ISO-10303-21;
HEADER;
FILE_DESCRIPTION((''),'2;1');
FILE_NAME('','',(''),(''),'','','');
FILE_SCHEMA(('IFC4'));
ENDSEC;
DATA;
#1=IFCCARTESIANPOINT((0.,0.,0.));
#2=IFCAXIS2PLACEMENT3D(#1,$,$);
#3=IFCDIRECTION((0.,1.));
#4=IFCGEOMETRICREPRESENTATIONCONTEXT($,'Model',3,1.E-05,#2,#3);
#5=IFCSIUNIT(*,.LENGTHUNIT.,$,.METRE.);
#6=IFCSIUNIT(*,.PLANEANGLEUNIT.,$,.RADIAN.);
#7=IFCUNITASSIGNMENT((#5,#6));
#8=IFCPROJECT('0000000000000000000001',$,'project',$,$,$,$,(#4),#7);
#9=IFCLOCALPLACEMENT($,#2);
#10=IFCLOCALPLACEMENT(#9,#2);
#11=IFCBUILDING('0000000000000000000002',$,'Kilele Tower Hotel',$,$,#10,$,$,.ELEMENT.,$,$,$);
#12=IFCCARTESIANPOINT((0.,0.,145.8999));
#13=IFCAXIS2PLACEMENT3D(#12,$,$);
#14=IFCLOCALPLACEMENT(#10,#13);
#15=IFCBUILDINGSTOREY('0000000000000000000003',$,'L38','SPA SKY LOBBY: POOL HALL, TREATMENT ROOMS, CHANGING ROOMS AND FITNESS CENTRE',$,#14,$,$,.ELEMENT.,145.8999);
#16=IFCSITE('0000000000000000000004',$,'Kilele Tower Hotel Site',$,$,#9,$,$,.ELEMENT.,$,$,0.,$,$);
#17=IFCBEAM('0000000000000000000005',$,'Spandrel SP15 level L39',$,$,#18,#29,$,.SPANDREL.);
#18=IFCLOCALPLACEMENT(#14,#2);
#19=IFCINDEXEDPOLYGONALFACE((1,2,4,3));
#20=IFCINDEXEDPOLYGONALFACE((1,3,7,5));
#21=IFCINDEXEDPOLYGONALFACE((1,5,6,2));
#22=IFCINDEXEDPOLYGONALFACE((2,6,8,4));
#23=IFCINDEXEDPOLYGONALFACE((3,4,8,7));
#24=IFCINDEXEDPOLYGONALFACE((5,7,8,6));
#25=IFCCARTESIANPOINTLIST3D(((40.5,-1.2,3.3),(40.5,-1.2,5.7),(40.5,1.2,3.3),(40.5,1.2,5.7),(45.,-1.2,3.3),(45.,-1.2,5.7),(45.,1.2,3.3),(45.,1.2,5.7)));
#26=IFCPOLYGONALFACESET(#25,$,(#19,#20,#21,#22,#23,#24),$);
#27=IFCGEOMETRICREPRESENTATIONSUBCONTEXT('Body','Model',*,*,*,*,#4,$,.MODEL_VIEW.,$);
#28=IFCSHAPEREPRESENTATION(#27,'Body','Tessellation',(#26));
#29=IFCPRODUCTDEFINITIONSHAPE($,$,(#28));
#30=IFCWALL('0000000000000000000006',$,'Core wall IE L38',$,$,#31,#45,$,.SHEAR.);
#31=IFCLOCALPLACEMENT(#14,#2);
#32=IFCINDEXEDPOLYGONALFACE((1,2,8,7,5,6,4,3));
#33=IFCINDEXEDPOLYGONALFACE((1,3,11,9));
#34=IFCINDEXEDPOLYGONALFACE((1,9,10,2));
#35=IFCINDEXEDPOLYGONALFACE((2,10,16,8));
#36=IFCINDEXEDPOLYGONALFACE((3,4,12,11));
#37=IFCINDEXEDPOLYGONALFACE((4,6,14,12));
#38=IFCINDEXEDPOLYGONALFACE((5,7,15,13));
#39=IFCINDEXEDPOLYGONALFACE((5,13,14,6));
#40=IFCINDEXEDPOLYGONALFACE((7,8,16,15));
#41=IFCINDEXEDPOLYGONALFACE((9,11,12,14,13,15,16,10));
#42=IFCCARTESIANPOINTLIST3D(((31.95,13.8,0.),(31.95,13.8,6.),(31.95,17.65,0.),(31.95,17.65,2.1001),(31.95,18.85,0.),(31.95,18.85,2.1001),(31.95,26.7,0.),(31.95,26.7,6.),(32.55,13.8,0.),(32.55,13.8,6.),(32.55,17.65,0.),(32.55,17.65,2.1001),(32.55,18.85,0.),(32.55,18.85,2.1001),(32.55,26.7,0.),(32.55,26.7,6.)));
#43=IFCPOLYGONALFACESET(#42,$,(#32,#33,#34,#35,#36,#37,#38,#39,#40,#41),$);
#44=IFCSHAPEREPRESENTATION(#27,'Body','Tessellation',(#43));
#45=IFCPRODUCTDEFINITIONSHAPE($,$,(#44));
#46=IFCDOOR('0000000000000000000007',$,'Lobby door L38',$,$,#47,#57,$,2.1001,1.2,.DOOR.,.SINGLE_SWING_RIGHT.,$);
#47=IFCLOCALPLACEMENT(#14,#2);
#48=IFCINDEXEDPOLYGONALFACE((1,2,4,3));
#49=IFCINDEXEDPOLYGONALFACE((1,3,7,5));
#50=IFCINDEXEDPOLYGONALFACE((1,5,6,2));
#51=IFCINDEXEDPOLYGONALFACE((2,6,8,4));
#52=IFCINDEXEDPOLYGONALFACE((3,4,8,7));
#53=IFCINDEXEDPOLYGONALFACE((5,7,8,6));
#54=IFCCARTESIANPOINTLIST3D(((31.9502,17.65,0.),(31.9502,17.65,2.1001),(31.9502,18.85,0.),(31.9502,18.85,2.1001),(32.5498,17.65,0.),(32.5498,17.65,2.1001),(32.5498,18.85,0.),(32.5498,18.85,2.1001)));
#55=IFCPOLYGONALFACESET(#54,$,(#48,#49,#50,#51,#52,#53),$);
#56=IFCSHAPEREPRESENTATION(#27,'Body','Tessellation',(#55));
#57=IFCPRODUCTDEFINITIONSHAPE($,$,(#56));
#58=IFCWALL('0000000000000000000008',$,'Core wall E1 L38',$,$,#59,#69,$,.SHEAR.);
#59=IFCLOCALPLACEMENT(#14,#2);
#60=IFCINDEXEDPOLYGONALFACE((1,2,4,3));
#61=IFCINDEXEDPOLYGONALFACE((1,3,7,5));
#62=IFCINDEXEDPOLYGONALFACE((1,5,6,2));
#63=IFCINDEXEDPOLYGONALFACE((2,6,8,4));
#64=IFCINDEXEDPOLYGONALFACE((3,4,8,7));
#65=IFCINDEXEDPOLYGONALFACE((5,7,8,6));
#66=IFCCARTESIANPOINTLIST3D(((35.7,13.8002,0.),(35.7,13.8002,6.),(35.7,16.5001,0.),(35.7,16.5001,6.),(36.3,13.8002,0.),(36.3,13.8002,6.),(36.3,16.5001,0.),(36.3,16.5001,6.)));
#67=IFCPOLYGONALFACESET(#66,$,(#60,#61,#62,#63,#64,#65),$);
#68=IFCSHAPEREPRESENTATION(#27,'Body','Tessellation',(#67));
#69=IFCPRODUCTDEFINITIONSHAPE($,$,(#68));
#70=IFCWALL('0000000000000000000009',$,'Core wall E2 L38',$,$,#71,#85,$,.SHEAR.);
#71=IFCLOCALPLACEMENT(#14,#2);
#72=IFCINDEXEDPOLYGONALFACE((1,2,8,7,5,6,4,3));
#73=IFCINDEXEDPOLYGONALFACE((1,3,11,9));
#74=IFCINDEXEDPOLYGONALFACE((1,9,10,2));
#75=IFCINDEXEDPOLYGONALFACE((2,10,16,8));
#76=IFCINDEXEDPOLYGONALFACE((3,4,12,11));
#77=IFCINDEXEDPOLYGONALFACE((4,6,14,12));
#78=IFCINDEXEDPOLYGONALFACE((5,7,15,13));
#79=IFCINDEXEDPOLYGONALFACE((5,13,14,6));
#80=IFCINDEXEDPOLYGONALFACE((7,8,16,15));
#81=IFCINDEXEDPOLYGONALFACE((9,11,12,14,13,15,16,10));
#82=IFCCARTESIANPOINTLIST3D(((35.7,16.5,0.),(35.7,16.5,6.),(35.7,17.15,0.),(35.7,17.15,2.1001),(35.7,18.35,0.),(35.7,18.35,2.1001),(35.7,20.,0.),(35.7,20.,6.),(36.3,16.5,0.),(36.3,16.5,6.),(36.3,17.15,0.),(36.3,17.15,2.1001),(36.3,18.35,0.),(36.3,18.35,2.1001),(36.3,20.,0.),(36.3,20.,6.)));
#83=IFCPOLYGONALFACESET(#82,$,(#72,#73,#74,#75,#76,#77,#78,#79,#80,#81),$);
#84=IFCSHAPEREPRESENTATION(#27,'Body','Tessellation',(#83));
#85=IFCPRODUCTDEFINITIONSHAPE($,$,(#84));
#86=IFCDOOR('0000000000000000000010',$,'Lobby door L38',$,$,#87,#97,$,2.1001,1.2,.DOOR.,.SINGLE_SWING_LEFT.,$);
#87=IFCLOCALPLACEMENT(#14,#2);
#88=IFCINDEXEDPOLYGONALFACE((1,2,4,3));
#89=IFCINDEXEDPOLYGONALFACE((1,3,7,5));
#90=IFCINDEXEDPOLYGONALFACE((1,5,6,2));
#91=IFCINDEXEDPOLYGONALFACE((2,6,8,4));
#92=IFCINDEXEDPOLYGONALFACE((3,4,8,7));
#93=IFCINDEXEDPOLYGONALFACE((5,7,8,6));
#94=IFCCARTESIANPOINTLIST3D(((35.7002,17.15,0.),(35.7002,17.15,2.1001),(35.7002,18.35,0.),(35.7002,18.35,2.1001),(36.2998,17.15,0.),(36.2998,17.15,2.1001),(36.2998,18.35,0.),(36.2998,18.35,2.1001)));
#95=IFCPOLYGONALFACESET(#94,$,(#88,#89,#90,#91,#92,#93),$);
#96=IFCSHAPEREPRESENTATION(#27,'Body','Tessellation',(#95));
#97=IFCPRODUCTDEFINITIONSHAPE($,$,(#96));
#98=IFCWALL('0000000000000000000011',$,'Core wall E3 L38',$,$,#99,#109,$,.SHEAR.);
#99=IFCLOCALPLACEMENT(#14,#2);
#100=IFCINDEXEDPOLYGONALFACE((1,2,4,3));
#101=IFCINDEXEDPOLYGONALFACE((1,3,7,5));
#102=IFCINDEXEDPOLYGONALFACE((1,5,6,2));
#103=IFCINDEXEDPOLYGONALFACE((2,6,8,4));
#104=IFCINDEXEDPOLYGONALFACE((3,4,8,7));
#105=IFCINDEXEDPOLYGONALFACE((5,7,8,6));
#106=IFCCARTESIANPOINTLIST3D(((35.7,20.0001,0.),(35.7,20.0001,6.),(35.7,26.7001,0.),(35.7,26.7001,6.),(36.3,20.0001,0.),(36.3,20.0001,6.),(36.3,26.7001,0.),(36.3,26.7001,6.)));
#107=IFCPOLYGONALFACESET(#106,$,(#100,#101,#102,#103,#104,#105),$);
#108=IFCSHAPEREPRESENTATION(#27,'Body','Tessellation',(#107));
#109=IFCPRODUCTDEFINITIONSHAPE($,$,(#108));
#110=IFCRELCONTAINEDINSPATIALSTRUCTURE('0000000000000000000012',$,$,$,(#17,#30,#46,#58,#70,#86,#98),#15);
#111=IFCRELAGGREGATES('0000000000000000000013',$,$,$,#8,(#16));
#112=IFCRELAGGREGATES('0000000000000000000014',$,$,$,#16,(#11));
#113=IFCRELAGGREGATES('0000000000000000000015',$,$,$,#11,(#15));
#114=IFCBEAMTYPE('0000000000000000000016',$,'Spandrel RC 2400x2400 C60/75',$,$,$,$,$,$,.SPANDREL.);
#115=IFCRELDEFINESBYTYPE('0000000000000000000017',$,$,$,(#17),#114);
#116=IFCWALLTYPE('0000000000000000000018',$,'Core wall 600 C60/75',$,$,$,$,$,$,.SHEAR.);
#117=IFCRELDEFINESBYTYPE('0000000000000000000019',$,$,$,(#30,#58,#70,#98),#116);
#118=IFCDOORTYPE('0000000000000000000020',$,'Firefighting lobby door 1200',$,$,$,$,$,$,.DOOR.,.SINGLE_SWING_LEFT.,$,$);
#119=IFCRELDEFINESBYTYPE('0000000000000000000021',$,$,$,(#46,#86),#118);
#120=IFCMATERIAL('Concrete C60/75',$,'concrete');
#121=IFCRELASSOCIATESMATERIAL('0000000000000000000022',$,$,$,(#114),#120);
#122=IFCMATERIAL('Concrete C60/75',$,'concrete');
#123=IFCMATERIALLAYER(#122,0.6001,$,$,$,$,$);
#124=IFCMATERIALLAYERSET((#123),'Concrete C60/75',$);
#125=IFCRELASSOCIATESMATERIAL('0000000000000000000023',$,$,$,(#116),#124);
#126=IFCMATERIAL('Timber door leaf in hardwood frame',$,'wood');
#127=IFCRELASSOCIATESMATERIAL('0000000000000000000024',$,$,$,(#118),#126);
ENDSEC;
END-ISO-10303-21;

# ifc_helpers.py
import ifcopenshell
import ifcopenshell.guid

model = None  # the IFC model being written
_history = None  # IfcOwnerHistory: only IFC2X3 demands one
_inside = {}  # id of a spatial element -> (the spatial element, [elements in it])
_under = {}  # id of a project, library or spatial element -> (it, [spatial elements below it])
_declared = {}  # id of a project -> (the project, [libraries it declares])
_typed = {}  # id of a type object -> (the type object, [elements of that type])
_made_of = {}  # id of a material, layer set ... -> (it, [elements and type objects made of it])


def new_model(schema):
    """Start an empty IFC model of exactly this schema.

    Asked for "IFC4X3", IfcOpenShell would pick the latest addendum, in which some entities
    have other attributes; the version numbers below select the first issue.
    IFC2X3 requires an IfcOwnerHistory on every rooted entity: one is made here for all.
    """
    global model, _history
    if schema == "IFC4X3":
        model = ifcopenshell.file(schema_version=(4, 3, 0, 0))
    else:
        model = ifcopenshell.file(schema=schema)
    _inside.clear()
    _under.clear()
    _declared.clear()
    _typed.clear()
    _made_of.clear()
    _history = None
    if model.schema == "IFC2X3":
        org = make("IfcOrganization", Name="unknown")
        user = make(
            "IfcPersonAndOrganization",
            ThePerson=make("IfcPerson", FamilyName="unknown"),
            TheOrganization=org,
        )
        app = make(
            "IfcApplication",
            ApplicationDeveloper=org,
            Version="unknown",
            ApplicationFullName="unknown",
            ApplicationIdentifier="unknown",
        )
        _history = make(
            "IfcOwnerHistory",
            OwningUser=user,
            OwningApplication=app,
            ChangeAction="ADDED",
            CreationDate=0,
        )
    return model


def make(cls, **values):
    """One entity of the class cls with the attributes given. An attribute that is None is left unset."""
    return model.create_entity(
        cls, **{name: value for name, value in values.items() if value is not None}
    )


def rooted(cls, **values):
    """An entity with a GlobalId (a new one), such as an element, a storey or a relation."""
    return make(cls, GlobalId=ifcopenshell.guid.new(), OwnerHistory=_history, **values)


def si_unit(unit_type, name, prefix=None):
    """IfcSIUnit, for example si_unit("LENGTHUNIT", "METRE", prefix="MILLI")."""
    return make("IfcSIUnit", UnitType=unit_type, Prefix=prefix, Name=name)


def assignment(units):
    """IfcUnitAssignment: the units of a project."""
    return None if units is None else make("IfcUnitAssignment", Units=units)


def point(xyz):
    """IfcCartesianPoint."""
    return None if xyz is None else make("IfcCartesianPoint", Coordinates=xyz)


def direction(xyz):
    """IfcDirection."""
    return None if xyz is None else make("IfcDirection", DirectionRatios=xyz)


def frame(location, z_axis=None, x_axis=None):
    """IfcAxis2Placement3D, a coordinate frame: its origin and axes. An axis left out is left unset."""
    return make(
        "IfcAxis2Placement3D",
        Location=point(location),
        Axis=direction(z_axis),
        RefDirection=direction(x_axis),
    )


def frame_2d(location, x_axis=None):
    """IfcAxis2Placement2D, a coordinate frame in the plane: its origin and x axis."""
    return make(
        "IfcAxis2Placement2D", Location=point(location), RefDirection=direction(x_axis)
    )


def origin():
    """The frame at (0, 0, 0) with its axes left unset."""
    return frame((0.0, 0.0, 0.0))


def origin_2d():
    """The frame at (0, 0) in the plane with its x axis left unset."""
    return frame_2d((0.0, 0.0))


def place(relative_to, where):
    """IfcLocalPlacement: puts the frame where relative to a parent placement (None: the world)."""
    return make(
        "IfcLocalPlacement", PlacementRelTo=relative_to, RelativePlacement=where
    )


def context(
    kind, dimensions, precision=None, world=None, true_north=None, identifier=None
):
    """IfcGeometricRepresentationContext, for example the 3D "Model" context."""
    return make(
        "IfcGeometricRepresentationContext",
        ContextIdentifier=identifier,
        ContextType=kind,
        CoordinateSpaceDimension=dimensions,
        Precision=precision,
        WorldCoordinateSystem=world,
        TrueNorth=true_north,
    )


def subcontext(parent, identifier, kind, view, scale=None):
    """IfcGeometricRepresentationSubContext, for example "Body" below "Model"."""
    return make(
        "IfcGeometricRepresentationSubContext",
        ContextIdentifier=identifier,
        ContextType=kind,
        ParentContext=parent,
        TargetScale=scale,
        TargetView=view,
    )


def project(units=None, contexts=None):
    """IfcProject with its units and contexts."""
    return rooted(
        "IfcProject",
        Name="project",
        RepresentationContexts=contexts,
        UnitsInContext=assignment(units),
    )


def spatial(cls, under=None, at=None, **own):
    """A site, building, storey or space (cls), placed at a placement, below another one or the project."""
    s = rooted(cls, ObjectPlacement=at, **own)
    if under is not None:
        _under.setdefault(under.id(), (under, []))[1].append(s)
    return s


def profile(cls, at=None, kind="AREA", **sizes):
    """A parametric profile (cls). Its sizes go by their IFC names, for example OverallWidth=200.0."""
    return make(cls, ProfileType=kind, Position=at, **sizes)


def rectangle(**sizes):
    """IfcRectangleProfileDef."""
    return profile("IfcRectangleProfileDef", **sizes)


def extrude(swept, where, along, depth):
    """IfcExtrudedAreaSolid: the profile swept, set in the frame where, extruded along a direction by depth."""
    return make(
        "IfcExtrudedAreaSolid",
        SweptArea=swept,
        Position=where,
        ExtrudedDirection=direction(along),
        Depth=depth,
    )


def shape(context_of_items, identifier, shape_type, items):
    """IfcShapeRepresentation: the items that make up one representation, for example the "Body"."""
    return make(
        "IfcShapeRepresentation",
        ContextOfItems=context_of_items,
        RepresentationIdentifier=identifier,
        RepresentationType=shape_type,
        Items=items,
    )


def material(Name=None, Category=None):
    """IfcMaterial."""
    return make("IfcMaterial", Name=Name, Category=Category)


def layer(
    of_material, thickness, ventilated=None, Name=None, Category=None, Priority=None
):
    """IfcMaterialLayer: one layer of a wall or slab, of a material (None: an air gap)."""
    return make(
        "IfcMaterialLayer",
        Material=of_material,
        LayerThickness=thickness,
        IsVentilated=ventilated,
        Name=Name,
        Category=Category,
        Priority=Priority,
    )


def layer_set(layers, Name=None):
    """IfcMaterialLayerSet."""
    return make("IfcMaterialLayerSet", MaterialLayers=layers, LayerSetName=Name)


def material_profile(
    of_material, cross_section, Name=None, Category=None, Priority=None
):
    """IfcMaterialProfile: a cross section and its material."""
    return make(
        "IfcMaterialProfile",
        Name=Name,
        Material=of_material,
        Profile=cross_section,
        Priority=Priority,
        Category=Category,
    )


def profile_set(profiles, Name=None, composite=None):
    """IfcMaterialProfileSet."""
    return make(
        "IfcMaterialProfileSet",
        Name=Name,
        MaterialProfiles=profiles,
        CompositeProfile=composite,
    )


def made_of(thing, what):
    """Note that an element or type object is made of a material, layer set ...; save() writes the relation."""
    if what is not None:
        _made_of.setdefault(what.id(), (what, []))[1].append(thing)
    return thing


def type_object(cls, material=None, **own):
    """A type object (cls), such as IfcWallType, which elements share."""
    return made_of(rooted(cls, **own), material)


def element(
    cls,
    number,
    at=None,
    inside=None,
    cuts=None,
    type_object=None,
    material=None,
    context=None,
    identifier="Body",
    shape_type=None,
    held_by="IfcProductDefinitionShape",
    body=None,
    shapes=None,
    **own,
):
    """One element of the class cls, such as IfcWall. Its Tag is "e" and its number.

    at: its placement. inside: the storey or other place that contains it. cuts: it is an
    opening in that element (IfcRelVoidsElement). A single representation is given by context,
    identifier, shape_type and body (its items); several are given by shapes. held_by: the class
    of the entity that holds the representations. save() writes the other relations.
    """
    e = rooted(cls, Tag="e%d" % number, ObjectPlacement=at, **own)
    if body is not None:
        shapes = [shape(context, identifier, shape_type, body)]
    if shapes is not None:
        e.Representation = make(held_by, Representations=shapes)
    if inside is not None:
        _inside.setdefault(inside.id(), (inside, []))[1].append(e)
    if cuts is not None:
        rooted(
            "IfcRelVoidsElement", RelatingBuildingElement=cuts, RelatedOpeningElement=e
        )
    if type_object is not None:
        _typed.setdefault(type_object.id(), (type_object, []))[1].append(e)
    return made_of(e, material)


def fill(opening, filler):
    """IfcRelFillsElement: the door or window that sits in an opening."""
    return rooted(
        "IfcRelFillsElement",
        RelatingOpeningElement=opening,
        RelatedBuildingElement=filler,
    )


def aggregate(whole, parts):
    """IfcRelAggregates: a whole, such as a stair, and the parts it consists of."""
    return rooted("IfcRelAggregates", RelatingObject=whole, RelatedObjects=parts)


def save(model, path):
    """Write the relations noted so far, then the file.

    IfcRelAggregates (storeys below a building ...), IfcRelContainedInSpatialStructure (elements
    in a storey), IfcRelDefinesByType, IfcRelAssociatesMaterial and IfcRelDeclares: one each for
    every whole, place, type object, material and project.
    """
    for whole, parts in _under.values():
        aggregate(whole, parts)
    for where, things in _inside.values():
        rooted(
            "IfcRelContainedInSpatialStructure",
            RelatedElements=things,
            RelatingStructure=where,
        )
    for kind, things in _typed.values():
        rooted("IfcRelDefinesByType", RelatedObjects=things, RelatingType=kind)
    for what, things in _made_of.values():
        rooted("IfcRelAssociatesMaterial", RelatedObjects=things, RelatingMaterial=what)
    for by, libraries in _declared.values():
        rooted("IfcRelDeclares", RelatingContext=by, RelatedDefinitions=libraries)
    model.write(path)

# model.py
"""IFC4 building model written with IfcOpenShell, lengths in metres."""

from ifc_helpers import new_model, si_unit, direction, frame, frame_2d, origin, origin_2d, place, context, subcontext, project, spatial, rectangle, extrude, material, layer, layer_set, material_profile, profile_set, type_object, element, fill, save


model = new_model("IFC4")

# Units and contexts
model_context = context("Model", 3, precision=1e-05, world=origin(), true_north=direction((0.0, 1.0)))
body_context = subcontext(model_context, "Body", "Model", "MODEL_VIEW")
ifc_project = project(units=[si_unit("LENGTHUNIT", "METRE"), si_unit("PLANEANGLEUNIT", "RADIAN")], contexts=[model_context])

# Site, building, storey
site_placement = place(None, origin())
site = spatial("IfcSite", under=ifc_project, at=site_placement, Name="Kilele Tower Hotel Site", CompositionType="ELEMENT", RefElevation=0.0)
building_placement = place(site_placement, origin())
building = spatial("IfcBuilding", under=site, at=building_placement, Name="Kilele Tower Hotel", CompositionType="ELEMENT")
storey_placement = place(building_placement, frame((0.0, 0.0, 145.8999)))
storey = spatial("IfcBuildingStorey", under=building, at=storey_placement, Name="L38", Description="SPA SKY LOBBY: POOL HALL, TREATMENT ROOMS, CHANGING ROOMS AND FITNESS CENTRE", CompositionType="ELEMENT", Elevation=145.8999)

# Beam
ifc_material_1 = material(Name="Concrete C60/75", Category="concrete")
ifc_material_profile = material_profile(ifc_material_1, rectangle(XDim=2.3999, YDim=2.3999, at=origin_2d()))
ifc_profile_set = profile_set([ifc_material_profile], Name="Concrete C60/75")
beam_type = type_object("IfcBeamType", Name="Spandrel RC 2400x2400 C60/75", PredefinedType="SPANDREL", material=ifc_profile_set)
beam_placement = place(storey_placement, frame((40.5, 0.0, 4.5), z_axis=(1.0, 0.0, 0.0), x_axis=(0.0, 1.0, 0.0)))
element("IfcBeam", 1, at=beam_placement, inside=storey, type_object=beam_type, Name="Spandrel SP15 level L39", PredefinedType="SPANDREL", context=body_context, shape_type="SweptSolid", body=[
    extrude(rectangle(XDim=2.3999, YDim=2.3999, at=origin_2d()), origin(), (0.0, 0.0, 1.0), 4.5),
])

# Wall, opening, door
ifc_material_2 = material(Name="Concrete C60/75", Category="concrete")
ifc_layer_1 = layer(ifc_material_2, 0.6001)
ifc_layer_set_1 = layer_set([ifc_layer_1], Name="Concrete C60/75")
wall_type_1 = type_object("IfcWallType", Name="Core wall 600 C60/75", PredefinedType="SHEAR", material=ifc_layer_set_1)
wall_1_placement = place(storey_placement, frame((32.25, 13.8, 0.0), z_axis=(0.0, 0.0, 1.0), x_axis=(0.0, 1.0, 0.0)))
wall_1 = element("IfcWall", 2, at=wall_1_placement, inside=storey, type_object=wall_type_1, Name="Core wall IE L38", PredefinedType="SHEAR", context=body_context, shape_type="SweptSolid", body=[
    extrude(rectangle(XDim=12.8999, YDim=0.6001, at=frame_2d((6.45, 0.0))), origin(), (0.0, 0.0, 1.0), 6.0),
])
opening_1_placement = place(wall_1_placement, frame((5.05, 0.0, 0.0), z_axis=(0.0, 0.0, 1.0), x_axis=(-1.0, 0.0, 0.0)))
opening_1 = element("IfcOpeningElement", 3, at=opening_1_placement, cuts=wall_1, PredefinedType="OPENING", context=body_context, shape_type="SweptSolid", body=[
    extrude(rectangle(XDim=1.2, YDim=2.1001, at=frame_2d((0.6001, 1.05))), frame((0.0, 0.3101, 0.0), z_axis=(0.0, -1.0, 0.0), x_axis=(1.0, 0.0, 0.0)), (0.0, 0.0, 1.0), 0.6201),
])
ifc_material_3 = material(Name="Timber door leaf in hardwood frame", Category="wood")
door_type_1 = type_object("IfcDoorType", Name="Firefighting lobby door 1200", OperationType="SINGLE_SWING_LEFT", PredefinedType="DOOR", material=ifc_material_3)
door_1_placement = place(opening_1_placement, origin())
door_1 = element("IfcDoor", 4, at=door_1_placement, inside=storey, type_object=door_type_1, Name="Lobby door L38", OperationType="SINGLE_SWING_RIGHT", OverallHeight=2.1001, OverallWidth=1.2, PredefinedType="DOOR", context=body_context, shape_type="SweptSolid", body=[
    extrude(rectangle(XDim=1.2, YDim=2.1001, at=frame_2d((0.6001, 1.05))), frame((0.0, 0.2998, 0.0), z_axis=(0.0, -1.0, 0.0), x_axis=(1.0, 0.0, 0.0)), (0.0, 0.0, 1.0), 0.5996),
])
fill(opening_1, door_1)

# Wall
wall_2_placement = place(storey_placement, frame((36.0, 13.8, 0.0), z_axis=(0.0, 0.0, 1.0), x_axis=(0.0, 1.0, 0.0)))
element("IfcWall", 5, at=wall_2_placement, inside=storey, type_object=wall_type_1, Name="Core wall E1 L38", PredefinedType="SHEAR", context=body_context, shape_type="SweptSolid", body=[
    extrude(rectangle(XDim=2.7, YDim=0.6001, at=frame_2d((1.3501, 0.0))), origin(), (0.0, 0.0, 1.0), 6.0),
])

# Wall, opening, door
wall_3_placement = place(storey_placement, frame((36.0, 16.5, 0.0), z_axis=(0.0, 0.0, 1.0), x_axis=(0.0, 1.0, 0.0)))
wall_3 = element("IfcWall", 6, at=wall_3_placement, inside=storey, type_object=wall_type_1, Name="Core wall E2 L38", PredefinedType="SHEAR", context=body_context, shape_type="SweptSolid", body=[
    extrude(rectangle(XDim=3.5, YDim=0.6001, at=frame_2d((1.75, 0.0))), origin(), (0.0, 0.0, 1.0), 6.0),
])
opening_2_placement = place(wall_3_placement, frame((0.6499, 0.0, 0.0)))
opening_2 = element("IfcOpeningElement", 7, at=opening_2_placement, cuts=wall_3, PredefinedType="OPENING", context=body_context, shape_type="SweptSolid", body=[
    extrude(rectangle(XDim=1.2, YDim=2.1001, at=frame_2d((0.6001, 1.05))), frame((0.0, 0.3101, 0.0), z_axis=(0.0, -1.0, 0.0), x_axis=(1.0, 0.0, 0.0)), (0.0, 0.0, 1.0), 0.6201),
])
door_2_placement = place(opening_2_placement, origin())
door_2 = element("IfcDoor", 8, at=door_2_placement, inside=storey, type_object=door_type_1, Name="Lobby door L38", OperationType="SINGLE_SWING_LEFT", OverallHeight=2.1001, OverallWidth=1.2, PredefinedType="DOOR", context=body_context, shape_type="SweptSolid", body=[
    extrude(rectangle(XDim=1.2, YDim=2.1001, at=frame_2d((0.6001, 1.05))), frame((0.0, 0.2998, 0.0), z_axis=(0.0, -1.0, 0.0), x_axis=(1.0, 0.0, 0.0)), (0.0, 0.0, 1.0), 0.5996),
])
fill(opening_2, door_2)

# Wall
wall_4_placement = place(storey_placement, frame((36.0, 20.0, 0.0), z_axis=(0.0, 0.0, 1.0), x_axis=(0.0, 1.0, 0.0)))
element("IfcWall", 9, at=wall_4_placement, inside=storey, type_object=wall_type_1, Name="Core wall E3 L38", PredefinedType="SHEAR", context=body_context, shape_type="SweptSolid", body=[
    extrude(rectangle(XDim=6.7, YDim=0.6001, at=frame_2d((3.3501, 0.0))), origin(), (0.0, 0.0, 1.0), 6.0),
])

save(model, "model.ifc")
